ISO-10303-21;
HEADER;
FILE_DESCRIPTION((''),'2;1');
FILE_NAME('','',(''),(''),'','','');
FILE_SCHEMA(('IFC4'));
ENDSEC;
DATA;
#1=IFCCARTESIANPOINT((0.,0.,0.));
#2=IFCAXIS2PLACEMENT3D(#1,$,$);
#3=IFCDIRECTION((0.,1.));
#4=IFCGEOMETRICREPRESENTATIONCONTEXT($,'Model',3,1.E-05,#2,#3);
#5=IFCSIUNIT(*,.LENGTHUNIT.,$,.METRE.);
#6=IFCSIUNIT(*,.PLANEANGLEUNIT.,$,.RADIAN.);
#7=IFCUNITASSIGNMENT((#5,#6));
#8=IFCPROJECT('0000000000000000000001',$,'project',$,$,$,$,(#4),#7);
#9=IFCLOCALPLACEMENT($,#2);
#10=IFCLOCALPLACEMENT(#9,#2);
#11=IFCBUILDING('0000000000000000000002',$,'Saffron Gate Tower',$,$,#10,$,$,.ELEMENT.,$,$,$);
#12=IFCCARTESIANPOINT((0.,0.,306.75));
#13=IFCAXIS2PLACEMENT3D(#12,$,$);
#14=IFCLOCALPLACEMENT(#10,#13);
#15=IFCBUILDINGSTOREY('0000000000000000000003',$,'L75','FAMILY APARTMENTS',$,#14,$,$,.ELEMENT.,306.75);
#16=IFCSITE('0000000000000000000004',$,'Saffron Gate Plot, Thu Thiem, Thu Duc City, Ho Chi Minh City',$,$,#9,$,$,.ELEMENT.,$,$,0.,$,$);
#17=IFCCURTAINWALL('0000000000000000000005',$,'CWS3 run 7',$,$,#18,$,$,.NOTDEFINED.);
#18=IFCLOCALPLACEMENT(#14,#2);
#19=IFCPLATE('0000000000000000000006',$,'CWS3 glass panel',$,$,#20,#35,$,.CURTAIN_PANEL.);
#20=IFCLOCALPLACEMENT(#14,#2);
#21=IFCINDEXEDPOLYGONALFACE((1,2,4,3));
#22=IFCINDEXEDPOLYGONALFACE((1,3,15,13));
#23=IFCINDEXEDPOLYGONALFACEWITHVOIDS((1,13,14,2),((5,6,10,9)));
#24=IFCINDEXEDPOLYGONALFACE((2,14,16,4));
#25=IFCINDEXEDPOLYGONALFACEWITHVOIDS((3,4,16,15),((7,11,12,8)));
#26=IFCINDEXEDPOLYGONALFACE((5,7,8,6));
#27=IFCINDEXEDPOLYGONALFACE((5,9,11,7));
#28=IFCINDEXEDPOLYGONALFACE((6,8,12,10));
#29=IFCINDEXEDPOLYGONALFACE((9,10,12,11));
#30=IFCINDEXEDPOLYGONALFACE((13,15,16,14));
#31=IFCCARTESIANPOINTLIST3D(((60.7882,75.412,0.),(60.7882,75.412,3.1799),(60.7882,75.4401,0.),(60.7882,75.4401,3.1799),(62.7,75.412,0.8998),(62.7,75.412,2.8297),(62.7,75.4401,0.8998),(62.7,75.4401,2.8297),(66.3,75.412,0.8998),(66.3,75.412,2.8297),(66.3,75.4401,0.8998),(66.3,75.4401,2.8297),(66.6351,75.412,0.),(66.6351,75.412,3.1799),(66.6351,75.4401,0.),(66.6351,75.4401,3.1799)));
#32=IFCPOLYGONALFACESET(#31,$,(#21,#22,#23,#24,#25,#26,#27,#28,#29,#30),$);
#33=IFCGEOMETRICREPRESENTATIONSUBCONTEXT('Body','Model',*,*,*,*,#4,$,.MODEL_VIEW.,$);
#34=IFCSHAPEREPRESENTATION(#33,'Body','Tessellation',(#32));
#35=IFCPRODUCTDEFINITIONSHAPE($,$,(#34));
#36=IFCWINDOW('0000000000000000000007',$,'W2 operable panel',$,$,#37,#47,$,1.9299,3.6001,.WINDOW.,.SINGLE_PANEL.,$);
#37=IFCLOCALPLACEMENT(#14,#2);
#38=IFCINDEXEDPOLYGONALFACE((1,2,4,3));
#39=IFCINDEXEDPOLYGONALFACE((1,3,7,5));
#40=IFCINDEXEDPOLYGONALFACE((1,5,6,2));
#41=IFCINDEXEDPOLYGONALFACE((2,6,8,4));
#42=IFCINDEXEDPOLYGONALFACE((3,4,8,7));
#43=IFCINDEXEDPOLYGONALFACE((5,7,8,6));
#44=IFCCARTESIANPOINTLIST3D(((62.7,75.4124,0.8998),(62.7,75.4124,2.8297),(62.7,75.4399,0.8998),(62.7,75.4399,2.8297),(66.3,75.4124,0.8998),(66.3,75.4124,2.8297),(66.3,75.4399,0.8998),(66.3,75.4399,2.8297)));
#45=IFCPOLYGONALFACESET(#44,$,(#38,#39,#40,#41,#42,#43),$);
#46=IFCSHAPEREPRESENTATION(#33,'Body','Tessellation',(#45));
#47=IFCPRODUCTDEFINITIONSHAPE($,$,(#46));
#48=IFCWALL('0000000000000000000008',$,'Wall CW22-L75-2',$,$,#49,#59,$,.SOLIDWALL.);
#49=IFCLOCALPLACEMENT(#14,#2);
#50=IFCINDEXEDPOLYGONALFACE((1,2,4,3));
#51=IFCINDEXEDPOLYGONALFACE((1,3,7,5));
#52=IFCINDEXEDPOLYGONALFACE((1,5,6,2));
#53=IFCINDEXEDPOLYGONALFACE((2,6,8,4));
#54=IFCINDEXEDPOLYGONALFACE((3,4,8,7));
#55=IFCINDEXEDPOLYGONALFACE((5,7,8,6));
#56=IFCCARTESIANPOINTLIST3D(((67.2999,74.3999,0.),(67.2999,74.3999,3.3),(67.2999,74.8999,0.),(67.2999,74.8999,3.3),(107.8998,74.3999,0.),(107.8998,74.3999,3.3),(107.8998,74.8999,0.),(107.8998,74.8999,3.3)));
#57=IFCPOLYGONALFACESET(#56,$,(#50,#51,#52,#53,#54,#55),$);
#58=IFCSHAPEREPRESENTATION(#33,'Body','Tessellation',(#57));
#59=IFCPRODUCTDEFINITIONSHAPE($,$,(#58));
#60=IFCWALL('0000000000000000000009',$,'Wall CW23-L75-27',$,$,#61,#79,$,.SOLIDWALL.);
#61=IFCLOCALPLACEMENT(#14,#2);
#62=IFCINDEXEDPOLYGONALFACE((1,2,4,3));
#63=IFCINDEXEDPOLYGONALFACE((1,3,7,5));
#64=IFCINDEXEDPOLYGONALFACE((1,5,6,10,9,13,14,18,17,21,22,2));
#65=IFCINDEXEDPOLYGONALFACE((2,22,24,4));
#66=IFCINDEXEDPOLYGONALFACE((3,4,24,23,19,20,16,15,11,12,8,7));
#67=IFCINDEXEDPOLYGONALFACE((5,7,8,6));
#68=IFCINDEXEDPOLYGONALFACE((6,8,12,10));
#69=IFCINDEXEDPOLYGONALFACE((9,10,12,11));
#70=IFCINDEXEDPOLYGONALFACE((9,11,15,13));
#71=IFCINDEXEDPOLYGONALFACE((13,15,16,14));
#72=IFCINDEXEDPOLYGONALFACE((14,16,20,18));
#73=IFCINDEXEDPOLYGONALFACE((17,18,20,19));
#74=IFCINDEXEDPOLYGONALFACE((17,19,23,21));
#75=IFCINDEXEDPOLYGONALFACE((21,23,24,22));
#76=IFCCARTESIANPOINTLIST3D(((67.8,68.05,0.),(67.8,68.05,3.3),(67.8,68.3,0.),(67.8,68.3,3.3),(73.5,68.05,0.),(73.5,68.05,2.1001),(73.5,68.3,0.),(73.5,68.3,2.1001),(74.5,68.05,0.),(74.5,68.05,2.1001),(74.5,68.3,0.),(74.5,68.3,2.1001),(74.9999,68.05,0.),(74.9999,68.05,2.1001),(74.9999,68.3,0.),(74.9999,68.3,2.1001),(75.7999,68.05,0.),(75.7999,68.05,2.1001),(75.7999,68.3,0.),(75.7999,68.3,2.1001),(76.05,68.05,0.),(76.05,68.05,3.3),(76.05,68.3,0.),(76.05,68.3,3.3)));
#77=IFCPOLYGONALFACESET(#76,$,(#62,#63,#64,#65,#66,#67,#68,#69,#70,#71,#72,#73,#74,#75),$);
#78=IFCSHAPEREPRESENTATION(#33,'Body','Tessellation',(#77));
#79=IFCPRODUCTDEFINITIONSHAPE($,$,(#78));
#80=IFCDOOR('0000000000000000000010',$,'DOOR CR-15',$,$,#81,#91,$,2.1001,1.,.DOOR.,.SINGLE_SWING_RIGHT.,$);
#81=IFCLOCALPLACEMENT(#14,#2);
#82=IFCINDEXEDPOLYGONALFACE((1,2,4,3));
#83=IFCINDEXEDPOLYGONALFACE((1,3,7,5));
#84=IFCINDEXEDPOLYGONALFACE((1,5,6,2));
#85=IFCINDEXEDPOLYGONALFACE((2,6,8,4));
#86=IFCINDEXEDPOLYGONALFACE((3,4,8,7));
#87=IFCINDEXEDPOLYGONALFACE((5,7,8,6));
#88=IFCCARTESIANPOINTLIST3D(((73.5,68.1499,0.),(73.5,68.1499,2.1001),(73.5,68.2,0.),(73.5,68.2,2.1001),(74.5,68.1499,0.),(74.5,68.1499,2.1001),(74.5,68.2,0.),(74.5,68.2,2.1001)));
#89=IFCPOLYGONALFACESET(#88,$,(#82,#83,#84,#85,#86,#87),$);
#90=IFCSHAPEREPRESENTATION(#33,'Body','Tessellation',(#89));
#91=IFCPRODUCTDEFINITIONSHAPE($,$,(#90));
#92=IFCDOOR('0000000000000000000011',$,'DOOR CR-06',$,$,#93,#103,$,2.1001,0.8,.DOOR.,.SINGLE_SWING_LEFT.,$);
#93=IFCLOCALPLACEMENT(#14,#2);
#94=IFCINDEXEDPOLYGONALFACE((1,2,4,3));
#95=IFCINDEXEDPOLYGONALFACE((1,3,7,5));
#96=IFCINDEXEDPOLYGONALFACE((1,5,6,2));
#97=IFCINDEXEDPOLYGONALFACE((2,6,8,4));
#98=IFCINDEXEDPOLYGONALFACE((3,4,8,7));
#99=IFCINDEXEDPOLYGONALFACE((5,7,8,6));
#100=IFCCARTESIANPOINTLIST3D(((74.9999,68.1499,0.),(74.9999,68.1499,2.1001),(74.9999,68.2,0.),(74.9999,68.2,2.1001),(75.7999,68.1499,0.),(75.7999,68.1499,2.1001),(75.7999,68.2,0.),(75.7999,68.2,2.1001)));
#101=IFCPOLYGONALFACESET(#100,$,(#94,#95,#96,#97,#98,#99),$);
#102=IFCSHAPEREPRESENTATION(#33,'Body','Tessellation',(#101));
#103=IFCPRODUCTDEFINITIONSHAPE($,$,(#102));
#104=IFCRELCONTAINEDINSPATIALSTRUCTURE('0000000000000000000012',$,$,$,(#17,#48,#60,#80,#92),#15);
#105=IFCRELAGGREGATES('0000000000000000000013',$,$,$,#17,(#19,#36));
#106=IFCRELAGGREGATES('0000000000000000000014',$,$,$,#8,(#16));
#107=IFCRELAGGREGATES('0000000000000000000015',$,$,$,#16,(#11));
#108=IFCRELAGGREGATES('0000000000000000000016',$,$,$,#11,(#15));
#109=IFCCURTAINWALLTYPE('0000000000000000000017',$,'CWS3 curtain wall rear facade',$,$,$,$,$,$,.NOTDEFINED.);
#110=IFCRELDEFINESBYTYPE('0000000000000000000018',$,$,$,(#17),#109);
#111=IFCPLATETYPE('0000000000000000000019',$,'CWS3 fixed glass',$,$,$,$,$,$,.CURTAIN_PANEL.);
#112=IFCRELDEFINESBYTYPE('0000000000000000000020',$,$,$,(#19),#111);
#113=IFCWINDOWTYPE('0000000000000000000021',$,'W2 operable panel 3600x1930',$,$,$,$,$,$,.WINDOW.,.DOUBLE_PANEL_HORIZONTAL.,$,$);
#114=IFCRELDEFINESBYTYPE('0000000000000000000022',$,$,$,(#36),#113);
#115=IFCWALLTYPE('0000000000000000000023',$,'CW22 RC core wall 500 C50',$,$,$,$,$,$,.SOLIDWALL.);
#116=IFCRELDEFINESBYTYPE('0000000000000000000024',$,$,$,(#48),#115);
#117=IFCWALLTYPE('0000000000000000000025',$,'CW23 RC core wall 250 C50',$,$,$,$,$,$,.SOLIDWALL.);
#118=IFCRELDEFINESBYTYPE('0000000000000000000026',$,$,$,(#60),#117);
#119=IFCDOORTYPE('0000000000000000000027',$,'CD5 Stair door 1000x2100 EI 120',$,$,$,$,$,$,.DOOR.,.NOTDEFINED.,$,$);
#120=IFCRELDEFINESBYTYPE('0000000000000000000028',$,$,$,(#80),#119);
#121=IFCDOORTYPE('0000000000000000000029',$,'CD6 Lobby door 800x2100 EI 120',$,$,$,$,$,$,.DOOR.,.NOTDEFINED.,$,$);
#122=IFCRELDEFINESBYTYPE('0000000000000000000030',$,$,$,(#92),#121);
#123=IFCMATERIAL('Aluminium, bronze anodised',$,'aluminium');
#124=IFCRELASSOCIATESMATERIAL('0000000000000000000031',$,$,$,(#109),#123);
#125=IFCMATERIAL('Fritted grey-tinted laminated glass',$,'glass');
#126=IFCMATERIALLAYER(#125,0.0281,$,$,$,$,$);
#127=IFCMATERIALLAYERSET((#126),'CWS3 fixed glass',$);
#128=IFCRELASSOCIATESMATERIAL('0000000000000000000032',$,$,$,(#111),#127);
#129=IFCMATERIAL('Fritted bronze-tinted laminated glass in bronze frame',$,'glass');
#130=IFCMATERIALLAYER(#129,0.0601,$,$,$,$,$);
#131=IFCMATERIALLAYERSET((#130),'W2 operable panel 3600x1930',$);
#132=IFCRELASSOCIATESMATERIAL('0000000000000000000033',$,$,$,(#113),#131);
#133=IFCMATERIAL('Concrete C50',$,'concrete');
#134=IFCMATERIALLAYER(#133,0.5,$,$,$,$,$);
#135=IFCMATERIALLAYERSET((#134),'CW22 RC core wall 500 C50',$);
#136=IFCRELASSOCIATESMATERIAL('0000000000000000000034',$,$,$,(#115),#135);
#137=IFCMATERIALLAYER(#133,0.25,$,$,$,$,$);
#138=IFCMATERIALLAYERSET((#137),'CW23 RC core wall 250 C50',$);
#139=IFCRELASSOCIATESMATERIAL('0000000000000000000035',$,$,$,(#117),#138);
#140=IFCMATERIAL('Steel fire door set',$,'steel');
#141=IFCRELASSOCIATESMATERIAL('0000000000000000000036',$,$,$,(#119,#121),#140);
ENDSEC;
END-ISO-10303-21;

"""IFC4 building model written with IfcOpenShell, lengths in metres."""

from ifc_helpers import new_model, si_unit, direction, frame, frame_2d, origin, place, context, subcontext, project, spatial, rectangle, extrude, material, layer, layer_set, type_object, element, fill, aggregate, save


model = new_model("IFC4")

# Units and contexts
model_context = context("Model", 3, precision=1e-05, world=origin(), true_north=direction((0.0, 1.0)))
body_context = subcontext(model_context, "Body", "Model", "MODEL_VIEW")
ifc_project = project(units=[si_unit("LENGTHUNIT", "METRE"), si_unit("PLANEANGLEUNIT", "RADIAN")], contexts=[model_context])

# Site, building, storey
site_placement = place(None, origin())
site = spatial("IfcSite", under=ifc_project, at=site_placement, Name="Saffron Gate Plot, Thu Thiem, Thu Duc City, Ho Chi Minh City", CompositionType="ELEMENT", RefElevation=0.0)
building_placement = place(site_placement, origin())
building = spatial("IfcBuilding", under=site, at=building_placement, Name="Saffron Gate Tower", CompositionType="ELEMENT")
storey_placement = place(building_placement, frame((0.0, 0.0, 306.75)))
storey = spatial("IfcBuildingStorey", under=building, at=storey_placement, Name="L75", Description="FAMILY APARTMENTS", CompositionType="ELEMENT", Elevation=306.75)

# Curtain wall, plate, opening, window
ifc_material_1 = material(Name="Aluminium, bronze anodised", Category="aluminium")
curtain_wall_type = type_object("IfcCurtainWallType", Name="CWS3 curtain wall rear facade", PredefinedType="NOTDEFINED", material=ifc_material_1)
curtain_wall_placement = place(storey_placement, origin())
curtain_wall = element("IfcCurtainWall", 1, at=curtain_wall_placement, inside=storey, type_object=curtain_wall_type, Name="CWS3 run 7", PredefinedType="NOTDEFINED")
ifc_material_2 = material(Name="Fritted grey-tinted laminated glass", Category="glass")
ifc_layer_1 = layer(ifc_material_2, 0.0281)
ifc_layer_set_1 = layer_set([ifc_layer_1], Name="CWS3 fixed glass")
plate_type = type_object("IfcPlateType", Name="CWS3 fixed glass", PredefinedType="CURTAIN_PANEL", material=ifc_layer_set_1)
plate_placement = place(storey_placement, frame((66.635, 75.426, 0.0), z_axis=(0.0, 0.0, 1.0), x_axis=(-1.0, 0.0, 0.0)))
plate = element("IfcPlate", 2, at=plate_placement, type_object=plate_type, Name="CWS3 glass panel", PredefinedType="CURTAIN_PANEL", context=body_context, shape_type="SweptSolid", body=[
    extrude(rectangle(XDim=5.8469, YDim=0.0281, at=frame_2d((2.9233, 0.0))), origin(), (0.0, 0.0, 1.0), 3.1799),
])
opening_1_placement = place(plate_placement, frame((0.335, 0.0, 0.8999)))
opening_1 = element("IfcOpeningElement", 3, at=opening_1_placement, cuts=plate, PredefinedType="OPENING", context=body_context, shape_type="SweptSolid", body=[
    extrude(rectangle(XDim=3.6001, YDim=1.9299, at=frame_2d((1.8, 0.9648))), frame((0.0, 0.0239, 0.0), z_axis=(0.0, -1.0, 0.0), x_axis=(1.0, 0.0, 0.0)), (0.0, 0.0, 1.0), 0.0481),
])
ifc_material_3 = material(Name="Fritted bronze-tinted laminated glass in bronze frame", Category="glass")
ifc_layer_2 = layer(ifc_material_3, 0.0601)
ifc_layer_set_2 = layer_set([ifc_layer_2], Name="W2 operable panel 3600x1930")
window_type = type_object("IfcWindowType", Name="W2 operable panel 3600x1930", PartitioningType="DOUBLE_PANEL_HORIZONTAL", PredefinedType="WINDOW", material=ifc_layer_set_2)
window_placement = place(opening_1_placement, origin())
window = element("IfcWindow", 4, at=window_placement, type_object=window_type, Name="W2 operable panel", OverallHeight=1.9299, OverallWidth=3.6001, PartitioningType="SINGLE_PANEL", PredefinedType="WINDOW", context=body_context, shape_type="SweptSolid", body=[
    extrude(rectangle(XDim=3.6001, YDim=1.9299, at=frame_2d((1.8, 0.9648))), frame((0.0, 0.0137, 0.0), z_axis=(0.0, -1.0, 0.0), x_axis=(1.0, 0.0, 0.0)), (0.0, 0.0, 1.0), 0.0276),
])
fill(opening_1, window)
aggregate(curtain_wall, [plate, window])

# Wall
ifc_material_4 = material(Name="Concrete C50", Category="concrete")
ifc_layer_3 = layer(ifc_material_4, 0.5)
ifc_layer_set_3 = layer_set([ifc_layer_3], Name="CW22 RC core wall 500 C50")
wall_type_1 = type_object("IfcWallType", Name="CW22 RC core wall 500 C50", PredefinedType="SOLIDWALL", material=ifc_layer_set_3)
wall_1_placement = place(storey_placement, frame((67.3, 74.6499, 0.0), z_axis=(0.0, 0.0, 1.0), x_axis=(1.0, 0.0, 0.0)))
element("IfcWall", 5, at=wall_1_placement, inside=storey, type_object=wall_type_1, Name="Wall CW22-L75-2", PredefinedType="SOLIDWALL", context=body_context, shape_type="SweptSolid", body=[
    extrude(rectangle(XDim=40.5999, YDim=0.5, at=frame_2d((20.2998, 0.0))), origin(), (0.0, 0.0, 1.0), 3.3),
])

# Wall, openings, doors
ifc_layer_4 = layer(ifc_material_4, 0.25)
ifc_layer_set_4 = layer_set([ifc_layer_4], Name="CW23 RC core wall 250 C50")
wall_type_2 = type_object("IfcWallType", Name="CW23 RC core wall 250 C50", PredefinedType="SOLIDWALL", material=ifc_layer_set_4)
wall_2_placement = place(storey_placement, frame((67.8, 68.175, 0.0), z_axis=(0.0, 0.0, 1.0), x_axis=(1.0, 0.0, 0.0)))
wall_2 = element("IfcWall", 6, at=wall_2_placement, inside=storey, type_object=wall_type_2, Name="Wall CW23-L75-27", PredefinedType="SOLIDWALL", context=body_context, shape_type="SweptSolid", body=[
    extrude(rectangle(XDim=8.25, YDim=0.25, at=frame_2d((4.125, 0.0))), origin(), (0.0, 0.0, 1.0), 3.3),
])
opening_2_placement = place(wall_2_placement, frame((5.7, 0.0, 0.0)))
opening_2 = element("IfcOpeningElement", 7, at=opening_2_placement, cuts=wall_2, PredefinedType="OPENING", context=body_context, shape_type="SweptSolid", body=[
    extrude(rectangle(XDim=1.0, YDim=2.1001, at=frame_2d((0.5, 1.05))), frame((0.0, 0.135, 0.0), z_axis=(0.0, -1.0, 0.0), x_axis=(1.0, 0.0, 0.0)), (0.0, 0.0, 1.0), 0.27),
])
opening_3_placement = place(wall_2_placement, frame((7.2, 0.0, 0.0)))
opening_3 = element("IfcOpeningElement", 8, at=opening_3_placement, cuts=wall_2, PredefinedType="OPENING", context=body_context, shape_type="SweptSolid", body=[
    extrude(rectangle(XDim=0.8, YDim=2.1001, at=frame_2d((0.3999, 1.05))), frame((0.0, 0.135, 0.0), z_axis=(0.0, -1.0, 0.0), x_axis=(1.0, 0.0, 0.0)), (0.0, 0.0, 1.0), 0.27),
])
ifc_material_5 = material(Name="Steel fire door set", Category="steel")
door_type_1 = type_object("IfcDoorType", Name="CD5 Stair door 1000x2100 EI 120", OperationType="NOTDEFINED", PredefinedType="DOOR", material=ifc_material_5)
door_1_placement = place(opening_2_placement, origin())
door_1 = element("IfcDoor", 9, at=door_1_placement, inside=storey, type_object=door_type_1, Name="DOOR CR-15", OperationType="SINGLE_SWING_RIGHT", OverallHeight=2.1001, OverallWidth=1.0, PredefinedType="DOOR", context=body_context, shape_type="SweptSolid", body=[
    extrude(rectangle(XDim=1.0, YDim=2.1001, at=frame_2d((0.5, 1.05))), frame((0.0, 0.0249, 0.0), z_axis=(0.0, -1.0, 0.0), x_axis=(1.0, 0.0, 0.0)), (0.0, 0.0, 1.0), 0.05),
])
fill(opening_2, door_1)
door_type_2 = type_object("IfcDoorType", Name="CD6 Lobby door 800x2100 EI 120", OperationType="NOTDEFINED", PredefinedType="DOOR", material=ifc_material_5)
door_2_placement = place(opening_3_placement, origin())
door_2 = element("IfcDoor", 10, at=door_2_placement, inside=storey, type_object=door_type_2, Name="DOOR CR-06", OperationType="SINGLE_SWING_LEFT", OverallHeight=2.1001, OverallWidth=0.8, PredefinedType="DOOR", context=body_context, shape_type="SweptSolid", body=[
    extrude(rectangle(XDim=0.8, YDim=2.1001, at=frame_2d((0.3999, 1.05))), frame((0.0, 0.0249, 0.0), z_axis=(0.0, -1.0, 0.0), x_axis=(1.0, 0.0, 0.0)), (0.0, 0.0, 1.0), 0.05),
])
fill(opening_3, door_2)

save(model, "model.ifc")
